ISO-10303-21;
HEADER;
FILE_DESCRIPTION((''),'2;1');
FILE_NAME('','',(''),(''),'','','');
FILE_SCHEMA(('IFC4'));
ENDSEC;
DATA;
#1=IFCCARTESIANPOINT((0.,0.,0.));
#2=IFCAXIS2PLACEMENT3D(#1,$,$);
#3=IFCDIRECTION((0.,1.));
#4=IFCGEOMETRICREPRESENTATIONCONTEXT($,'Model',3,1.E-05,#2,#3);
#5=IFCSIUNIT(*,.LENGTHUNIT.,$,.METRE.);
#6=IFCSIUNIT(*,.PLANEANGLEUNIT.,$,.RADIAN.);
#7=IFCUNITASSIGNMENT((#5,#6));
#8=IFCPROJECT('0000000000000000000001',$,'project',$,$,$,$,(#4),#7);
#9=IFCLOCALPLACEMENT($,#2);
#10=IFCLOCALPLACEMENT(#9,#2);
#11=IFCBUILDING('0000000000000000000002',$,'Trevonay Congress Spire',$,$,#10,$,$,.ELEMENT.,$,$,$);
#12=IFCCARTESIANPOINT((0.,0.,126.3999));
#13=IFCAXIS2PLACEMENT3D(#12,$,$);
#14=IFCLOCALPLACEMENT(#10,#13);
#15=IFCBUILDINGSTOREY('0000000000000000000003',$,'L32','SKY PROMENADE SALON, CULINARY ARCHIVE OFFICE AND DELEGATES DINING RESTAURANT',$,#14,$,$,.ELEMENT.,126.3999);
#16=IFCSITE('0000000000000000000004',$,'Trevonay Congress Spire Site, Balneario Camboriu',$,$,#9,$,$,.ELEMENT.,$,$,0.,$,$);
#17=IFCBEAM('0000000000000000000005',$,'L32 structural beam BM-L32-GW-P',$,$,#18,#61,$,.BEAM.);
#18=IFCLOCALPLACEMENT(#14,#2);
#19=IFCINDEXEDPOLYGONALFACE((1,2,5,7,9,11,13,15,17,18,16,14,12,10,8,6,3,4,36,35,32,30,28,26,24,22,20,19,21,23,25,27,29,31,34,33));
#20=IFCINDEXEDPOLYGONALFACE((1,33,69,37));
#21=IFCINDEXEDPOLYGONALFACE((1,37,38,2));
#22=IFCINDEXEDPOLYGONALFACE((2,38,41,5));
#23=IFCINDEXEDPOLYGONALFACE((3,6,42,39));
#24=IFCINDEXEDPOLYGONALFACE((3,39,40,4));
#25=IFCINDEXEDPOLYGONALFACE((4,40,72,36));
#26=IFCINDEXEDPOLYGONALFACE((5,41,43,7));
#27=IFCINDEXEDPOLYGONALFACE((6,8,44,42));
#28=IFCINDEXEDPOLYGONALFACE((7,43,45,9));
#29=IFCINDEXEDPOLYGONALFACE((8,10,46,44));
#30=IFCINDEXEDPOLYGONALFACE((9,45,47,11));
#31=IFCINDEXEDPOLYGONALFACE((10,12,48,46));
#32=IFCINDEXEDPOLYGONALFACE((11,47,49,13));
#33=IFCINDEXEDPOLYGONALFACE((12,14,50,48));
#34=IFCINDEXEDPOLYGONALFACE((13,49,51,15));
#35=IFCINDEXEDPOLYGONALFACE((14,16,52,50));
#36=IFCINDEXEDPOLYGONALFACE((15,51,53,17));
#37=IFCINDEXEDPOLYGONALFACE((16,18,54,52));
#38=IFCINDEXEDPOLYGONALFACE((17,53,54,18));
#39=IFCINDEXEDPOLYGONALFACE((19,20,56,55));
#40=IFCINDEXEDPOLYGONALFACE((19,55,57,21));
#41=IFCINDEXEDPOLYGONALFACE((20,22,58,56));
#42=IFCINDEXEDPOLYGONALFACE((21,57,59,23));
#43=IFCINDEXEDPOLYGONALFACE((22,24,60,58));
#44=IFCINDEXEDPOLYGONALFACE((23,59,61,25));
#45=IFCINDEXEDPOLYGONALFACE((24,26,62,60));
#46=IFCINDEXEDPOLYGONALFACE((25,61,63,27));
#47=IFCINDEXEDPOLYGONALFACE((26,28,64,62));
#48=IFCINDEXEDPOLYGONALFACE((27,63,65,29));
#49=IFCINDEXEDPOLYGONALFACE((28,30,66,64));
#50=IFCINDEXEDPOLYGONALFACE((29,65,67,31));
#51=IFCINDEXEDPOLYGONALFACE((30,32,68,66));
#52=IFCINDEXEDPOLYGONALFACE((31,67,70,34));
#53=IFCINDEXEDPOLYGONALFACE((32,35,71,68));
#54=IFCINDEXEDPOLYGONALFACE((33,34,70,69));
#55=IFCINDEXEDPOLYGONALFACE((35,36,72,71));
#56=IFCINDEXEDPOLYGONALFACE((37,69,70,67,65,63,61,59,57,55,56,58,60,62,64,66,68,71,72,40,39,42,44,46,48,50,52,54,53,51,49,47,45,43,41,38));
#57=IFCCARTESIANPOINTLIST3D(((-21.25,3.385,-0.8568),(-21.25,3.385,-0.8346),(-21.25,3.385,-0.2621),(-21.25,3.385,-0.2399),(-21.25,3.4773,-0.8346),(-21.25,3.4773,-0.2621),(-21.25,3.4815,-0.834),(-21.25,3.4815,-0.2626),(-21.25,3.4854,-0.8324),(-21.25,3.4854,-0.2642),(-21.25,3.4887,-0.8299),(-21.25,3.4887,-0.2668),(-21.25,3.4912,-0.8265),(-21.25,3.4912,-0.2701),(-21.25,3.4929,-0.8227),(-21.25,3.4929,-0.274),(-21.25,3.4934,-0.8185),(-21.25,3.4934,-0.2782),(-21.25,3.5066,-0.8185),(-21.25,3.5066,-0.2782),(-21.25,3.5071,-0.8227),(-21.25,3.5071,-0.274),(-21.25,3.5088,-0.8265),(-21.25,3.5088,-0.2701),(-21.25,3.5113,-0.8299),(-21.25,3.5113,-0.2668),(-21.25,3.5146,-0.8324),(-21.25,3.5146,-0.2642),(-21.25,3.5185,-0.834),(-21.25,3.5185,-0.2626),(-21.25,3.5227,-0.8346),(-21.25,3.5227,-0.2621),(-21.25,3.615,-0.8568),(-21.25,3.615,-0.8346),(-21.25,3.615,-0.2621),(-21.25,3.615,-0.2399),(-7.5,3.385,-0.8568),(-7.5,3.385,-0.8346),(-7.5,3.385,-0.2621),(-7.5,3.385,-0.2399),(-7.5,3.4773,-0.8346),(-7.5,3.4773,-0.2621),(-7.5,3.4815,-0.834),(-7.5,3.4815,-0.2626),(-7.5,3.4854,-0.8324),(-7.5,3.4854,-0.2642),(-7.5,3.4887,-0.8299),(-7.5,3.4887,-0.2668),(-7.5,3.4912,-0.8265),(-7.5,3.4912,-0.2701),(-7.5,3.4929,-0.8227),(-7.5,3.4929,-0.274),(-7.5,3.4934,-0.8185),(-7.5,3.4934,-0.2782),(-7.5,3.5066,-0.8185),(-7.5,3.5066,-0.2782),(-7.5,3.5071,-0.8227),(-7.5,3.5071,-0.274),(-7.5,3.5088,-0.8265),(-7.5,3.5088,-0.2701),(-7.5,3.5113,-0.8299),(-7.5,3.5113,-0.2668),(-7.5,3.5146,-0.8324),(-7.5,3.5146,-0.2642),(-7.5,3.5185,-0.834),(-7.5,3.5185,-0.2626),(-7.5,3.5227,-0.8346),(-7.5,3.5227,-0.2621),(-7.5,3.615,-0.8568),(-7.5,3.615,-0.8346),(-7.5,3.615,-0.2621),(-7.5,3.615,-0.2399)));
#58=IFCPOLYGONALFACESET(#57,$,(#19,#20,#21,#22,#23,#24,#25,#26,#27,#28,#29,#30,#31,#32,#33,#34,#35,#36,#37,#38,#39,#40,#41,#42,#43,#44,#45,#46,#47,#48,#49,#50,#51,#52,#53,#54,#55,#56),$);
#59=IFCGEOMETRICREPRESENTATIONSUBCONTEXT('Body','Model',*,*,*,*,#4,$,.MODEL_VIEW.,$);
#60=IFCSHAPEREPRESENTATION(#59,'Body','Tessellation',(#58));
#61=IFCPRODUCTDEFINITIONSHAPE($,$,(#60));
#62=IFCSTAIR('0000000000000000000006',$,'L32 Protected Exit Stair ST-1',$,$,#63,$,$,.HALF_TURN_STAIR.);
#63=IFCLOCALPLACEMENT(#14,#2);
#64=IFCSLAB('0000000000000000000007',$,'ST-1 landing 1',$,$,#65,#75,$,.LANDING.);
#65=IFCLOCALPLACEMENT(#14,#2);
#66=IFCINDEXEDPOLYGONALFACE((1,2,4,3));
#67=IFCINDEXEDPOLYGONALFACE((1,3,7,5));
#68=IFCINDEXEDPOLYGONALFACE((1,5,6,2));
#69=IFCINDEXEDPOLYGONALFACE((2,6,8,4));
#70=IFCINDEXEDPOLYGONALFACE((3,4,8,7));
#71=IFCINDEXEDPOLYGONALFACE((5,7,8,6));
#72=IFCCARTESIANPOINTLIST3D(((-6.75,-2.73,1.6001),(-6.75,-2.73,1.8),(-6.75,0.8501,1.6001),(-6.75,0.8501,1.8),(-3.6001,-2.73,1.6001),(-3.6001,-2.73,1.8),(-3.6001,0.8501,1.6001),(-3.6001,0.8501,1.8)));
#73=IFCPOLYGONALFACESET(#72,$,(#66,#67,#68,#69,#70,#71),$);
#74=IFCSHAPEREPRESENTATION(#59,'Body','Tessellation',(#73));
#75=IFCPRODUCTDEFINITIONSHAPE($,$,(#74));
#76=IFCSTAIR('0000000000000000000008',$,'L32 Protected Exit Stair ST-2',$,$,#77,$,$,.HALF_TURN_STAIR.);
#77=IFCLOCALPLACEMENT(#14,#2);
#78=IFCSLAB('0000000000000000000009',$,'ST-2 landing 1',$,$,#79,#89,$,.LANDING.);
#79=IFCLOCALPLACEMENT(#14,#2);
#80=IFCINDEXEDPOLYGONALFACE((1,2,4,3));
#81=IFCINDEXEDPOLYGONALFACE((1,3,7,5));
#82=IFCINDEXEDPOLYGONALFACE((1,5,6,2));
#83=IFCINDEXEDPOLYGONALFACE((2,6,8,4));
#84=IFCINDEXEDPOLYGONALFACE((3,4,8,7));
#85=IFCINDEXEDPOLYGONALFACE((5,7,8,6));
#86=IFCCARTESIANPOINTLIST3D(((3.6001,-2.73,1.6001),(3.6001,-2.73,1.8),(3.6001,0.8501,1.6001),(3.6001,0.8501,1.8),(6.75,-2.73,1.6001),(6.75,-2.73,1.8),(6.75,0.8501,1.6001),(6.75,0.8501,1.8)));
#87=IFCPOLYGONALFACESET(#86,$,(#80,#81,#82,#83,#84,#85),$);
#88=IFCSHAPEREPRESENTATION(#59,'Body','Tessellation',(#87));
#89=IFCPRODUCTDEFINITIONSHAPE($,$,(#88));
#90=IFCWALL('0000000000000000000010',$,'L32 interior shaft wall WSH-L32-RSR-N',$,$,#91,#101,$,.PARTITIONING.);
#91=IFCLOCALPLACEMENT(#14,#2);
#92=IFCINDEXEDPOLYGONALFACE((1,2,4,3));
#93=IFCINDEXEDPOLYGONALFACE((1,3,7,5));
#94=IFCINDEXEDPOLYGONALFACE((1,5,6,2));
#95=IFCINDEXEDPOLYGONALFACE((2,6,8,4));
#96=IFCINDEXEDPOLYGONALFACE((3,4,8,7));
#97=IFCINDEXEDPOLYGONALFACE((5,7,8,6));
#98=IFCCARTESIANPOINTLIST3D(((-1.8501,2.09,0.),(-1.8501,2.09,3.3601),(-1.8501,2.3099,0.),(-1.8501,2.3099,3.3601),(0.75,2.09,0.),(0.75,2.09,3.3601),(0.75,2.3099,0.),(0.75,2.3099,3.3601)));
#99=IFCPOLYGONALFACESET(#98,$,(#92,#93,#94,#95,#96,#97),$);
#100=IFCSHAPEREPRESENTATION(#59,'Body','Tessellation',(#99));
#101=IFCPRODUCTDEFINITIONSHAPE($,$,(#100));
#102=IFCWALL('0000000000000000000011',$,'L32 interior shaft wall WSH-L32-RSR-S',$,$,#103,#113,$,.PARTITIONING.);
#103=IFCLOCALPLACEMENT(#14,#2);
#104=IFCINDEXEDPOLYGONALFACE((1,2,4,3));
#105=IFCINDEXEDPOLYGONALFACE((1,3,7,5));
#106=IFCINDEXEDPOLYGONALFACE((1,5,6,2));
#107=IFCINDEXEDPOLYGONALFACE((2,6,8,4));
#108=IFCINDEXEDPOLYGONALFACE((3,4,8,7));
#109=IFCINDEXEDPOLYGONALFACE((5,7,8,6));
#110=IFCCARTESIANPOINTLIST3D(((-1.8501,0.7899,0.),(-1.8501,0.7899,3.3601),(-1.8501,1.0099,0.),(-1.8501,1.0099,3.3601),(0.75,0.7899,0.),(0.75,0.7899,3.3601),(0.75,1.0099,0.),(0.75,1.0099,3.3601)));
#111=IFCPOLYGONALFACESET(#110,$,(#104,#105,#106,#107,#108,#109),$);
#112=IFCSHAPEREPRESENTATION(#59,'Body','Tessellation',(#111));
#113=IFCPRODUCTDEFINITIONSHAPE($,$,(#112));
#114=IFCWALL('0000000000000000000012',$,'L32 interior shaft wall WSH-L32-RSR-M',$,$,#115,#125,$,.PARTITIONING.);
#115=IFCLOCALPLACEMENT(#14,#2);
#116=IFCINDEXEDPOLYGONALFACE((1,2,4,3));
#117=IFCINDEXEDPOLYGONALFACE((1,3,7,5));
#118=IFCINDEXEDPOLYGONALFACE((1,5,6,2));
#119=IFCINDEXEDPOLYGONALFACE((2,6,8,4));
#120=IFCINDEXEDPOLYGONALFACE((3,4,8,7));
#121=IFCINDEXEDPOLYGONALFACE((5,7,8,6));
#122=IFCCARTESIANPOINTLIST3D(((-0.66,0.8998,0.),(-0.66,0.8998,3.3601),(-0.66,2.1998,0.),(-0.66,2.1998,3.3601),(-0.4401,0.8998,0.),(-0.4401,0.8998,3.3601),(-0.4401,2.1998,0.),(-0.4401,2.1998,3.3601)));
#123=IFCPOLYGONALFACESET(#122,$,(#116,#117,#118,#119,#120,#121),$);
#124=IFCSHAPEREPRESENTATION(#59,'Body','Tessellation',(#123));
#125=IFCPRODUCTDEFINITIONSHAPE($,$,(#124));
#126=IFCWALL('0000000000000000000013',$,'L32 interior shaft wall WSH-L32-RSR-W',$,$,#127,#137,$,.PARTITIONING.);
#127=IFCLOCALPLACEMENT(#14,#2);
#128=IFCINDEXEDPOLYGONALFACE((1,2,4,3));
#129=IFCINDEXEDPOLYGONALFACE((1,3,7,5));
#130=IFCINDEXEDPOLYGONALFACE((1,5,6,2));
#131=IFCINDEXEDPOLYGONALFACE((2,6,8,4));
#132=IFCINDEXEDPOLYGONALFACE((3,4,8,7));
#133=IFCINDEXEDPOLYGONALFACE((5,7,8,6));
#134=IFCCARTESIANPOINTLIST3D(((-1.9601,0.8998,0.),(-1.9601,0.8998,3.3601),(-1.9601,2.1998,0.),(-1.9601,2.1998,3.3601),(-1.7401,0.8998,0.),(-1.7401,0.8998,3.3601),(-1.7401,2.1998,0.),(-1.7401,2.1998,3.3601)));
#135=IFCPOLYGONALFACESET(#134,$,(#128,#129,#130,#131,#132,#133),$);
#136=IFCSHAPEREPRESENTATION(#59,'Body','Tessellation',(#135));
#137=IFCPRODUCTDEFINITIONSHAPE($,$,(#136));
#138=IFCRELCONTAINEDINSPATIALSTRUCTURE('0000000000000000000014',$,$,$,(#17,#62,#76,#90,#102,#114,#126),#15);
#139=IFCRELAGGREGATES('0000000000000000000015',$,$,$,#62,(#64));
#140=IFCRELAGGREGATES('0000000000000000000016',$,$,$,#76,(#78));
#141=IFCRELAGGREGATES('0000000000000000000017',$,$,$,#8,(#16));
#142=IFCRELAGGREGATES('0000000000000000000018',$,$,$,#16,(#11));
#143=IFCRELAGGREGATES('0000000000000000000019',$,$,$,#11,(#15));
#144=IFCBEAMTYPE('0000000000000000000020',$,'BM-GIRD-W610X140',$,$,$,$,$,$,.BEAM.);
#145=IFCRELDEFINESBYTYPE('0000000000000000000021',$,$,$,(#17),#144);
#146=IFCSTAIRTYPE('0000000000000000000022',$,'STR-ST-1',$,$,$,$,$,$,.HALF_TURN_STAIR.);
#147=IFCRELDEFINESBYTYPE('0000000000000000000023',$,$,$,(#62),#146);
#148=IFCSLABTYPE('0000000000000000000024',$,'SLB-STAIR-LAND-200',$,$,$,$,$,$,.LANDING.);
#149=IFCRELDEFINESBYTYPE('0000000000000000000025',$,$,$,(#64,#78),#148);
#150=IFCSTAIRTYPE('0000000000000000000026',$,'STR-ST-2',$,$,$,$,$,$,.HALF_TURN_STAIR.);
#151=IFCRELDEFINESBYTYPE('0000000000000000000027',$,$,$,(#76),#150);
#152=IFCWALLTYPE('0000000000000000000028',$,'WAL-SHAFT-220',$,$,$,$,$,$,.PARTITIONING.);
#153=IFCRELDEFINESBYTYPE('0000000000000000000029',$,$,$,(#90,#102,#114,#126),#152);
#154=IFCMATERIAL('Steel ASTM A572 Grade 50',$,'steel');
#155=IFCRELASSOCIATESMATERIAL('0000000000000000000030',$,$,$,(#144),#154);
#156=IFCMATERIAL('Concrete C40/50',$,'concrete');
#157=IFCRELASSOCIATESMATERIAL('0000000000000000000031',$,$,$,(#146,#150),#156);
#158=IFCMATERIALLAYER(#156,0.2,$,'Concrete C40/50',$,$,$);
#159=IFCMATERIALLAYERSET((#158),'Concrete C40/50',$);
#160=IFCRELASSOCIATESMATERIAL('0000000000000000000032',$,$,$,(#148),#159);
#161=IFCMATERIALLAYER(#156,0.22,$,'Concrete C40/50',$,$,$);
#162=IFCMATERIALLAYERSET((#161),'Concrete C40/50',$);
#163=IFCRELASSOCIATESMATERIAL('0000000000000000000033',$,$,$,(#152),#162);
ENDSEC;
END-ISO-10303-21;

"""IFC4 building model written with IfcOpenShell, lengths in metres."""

from ifc_helpers import new_model, si_unit, direction, frame, frame_2d, origin, origin_2d, place, context, subcontext, project, spatial, polyline, rectangle, i_section, outline, extrude, material, layer, layer_set, material_profile, profile_set, type_object, element, aggregate, save


model = new_model("IFC4")

# Units and contexts
model_context = context("Model", 3, precision=1e-05, world=origin(), true_north=direction((0.0, 1.0)))
body_context = subcontext(model_context, "Body", "Model", "MODEL_VIEW")
ifc_project = project(units=[si_unit("LENGTHUNIT", "METRE"), si_unit("PLANEANGLEUNIT", "RADIAN")], contexts=[model_context])

# Site, building, storey
site_placement = place(None, origin())
site = spatial("IfcSite", under=ifc_project, at=site_placement, Name="Trevonay Congress Spire Site, Balneario Camboriu", CompositionType="ELEMENT", RefElevation=0.0)
building_placement = place(site_placement, origin())
building = spatial("IfcBuilding", under=site, at=building_placement, Name="Trevonay Congress Spire", CompositionType="ELEMENT")
storey_placement = place(building_placement, frame((0.0, 0.0, 126.3999)))
storey = spatial("IfcBuildingStorey", under=building, at=storey_placement, Name="L32", Description="SKY PROMENADE SALON, CULINARY ARCHIVE OFFICE AND DELEGATES DINING RESTAURANT", CompositionType="ELEMENT", Elevation=126.3999)

# Beam
ifc_material_1 = material(Name="Steel ASTM A572 Grade 50", Category="steel")
ifc_material_profile = material_profile(ifc_material_1, i_section(OverallWidth=0.23, OverallDepth=0.6169, WebThickness=0.0132, FlangeThickness=0.0222, FilletRadius=0.0161, at=origin_2d()), Name="W610x140")
ifc_profile_set = profile_set([ifc_material_profile], Name="Steel ASTM A572 Grade 50")
beam_type = type_object("IfcBeamType", Name="BM-GIRD-W610X140", PredefinedType="BEAM", material=ifc_profile_set)
beam_placement = place(storey_placement, frame((-7.5, 3.5, -0.5483), z_axis=(-1.0, 0.0, 0.0), x_axis=(0.0, -1.0, 0.0)))
element("IfcBeam", 1, at=beam_placement, inside=storey, type_object=beam_type, Name="L32 structural beam BM-L32-GW-P", PredefinedType="BEAM", context=body_context, shape_type="SweptSolid", body=[
    extrude(i_section(OverallWidth=0.23, OverallDepth=0.6169, WebThickness=0.0132, FlangeThickness=0.0222, FilletRadius=0.0161, at=origin_2d()), origin(), (0.0, 0.0, 1.0), 13.75),
])

# Stairs, slabs
ifc_material_2 = material(Name="Concrete C40/50", Category="concrete")
stair_type_1 = type_object("IfcStairType", Name="STR-ST-1", PredefinedType="HALF_TURN_STAIR", material=ifc_material_2)
stair_1_placement = place(storey_placement, origin())
stair_1 = element("IfcStair", 2, at=stair_1_placement, inside=storey, type_object=stair_type_1, Name="L32 Protected Exit Stair ST-1", PredefinedType="HALF_TURN_STAIR")
ifc_layer_1 = layer(ifc_material_2, 0.2, Name="Concrete C40/50")
ifc_layer_set_1 = layer_set([ifc_layer_1], Name="Concrete C40/50")
slab_type = type_object("IfcSlabType", Name="SLB-STAIR-LAND-200", PredefinedType="LANDING", material=ifc_layer_set_1)
slab_1_placement = place(storey_placement, frame((0.0, 0.0, 1.6001)))
slab_1 = element("IfcSlab", 3, at=slab_1_placement, type_object=slab_type, Name="ST-1 landing 1", PredefinedType="LANDING", context=body_context, shape_type="SweptSolid", body=[
    extrude(outline(polyline([(-3.6001, -2.73), (-3.6001, 0.8501), (-6.75, 0.8501), (-6.75, -2.73), (-3.6001, -2.73)])), origin(), (0.0, 0.0, 1.0), 0.2),
])
aggregate(stair_1, [slab_1])
stair_type_2 = type_object("IfcStairType", Name="STR-ST-2", PredefinedType="HALF_TURN_STAIR", material=ifc_material_2)
stair_2_placement = place(storey_placement, origin())
stair_2 = element("IfcStair", 4, at=stair_2_placement, inside=storey, type_object=stair_type_2, Name="L32 Protected Exit Stair ST-2", PredefinedType="HALF_TURN_STAIR")
slab_2_placement = place(storey_placement, frame((0.0, 0.0, 1.6001)))
slab_2 = element("IfcSlab", 5, at=slab_2_placement, type_object=slab_type, Name="ST-2 landing 1", PredefinedType="LANDING", context=body_context, shape_type="SweptSolid", body=[
    extrude(outline(polyline([(6.75, -2.73), (6.75, 0.8501), (3.6001, 0.8501), (3.6001, -2.73), (6.75, -2.73)])), origin(), (0.0, 0.0, 1.0), 0.2),
])
aggregate(stair_2, [slab_2])

# Walls
ifc_layer_2 = layer(ifc_material_2, 0.22, Name="Concrete C40/50")
ifc_layer_set_2 = layer_set([ifc_layer_2], Name="Concrete C40/50")
wall_type_1 = type_object("IfcWallType", Name="WAL-SHAFT-220", PredefinedType="PARTITIONING", material=ifc_layer_set_2)
for number, where, z_axis, x_axis, name in (
    (6, (-1.8501, 2.2, 0.0), (0.0, 0.0, 1.0), (1.0, 0.0, 0.0), "L32 interior shaft wall WSH-L32-RSR-N"),
    (7, (-1.8501, 0.8999, 0.0), (0.0, 0.0, 1.0), (1.0, 0.0, 0.0), "L32 interior shaft wall WSH-L32-RSR-S"),
):
    element("IfcWall", number, at=place(storey_placement, frame(where, z_axis=z_axis, x_axis=x_axis)), inside=storey, type_object=wall_type_1, Name=name, PredefinedType="PARTITIONING", context=body_context, shape_type="SweptSolid", body=[
        extrude(rectangle(XDim=2.6001, YDim=0.22, at=frame_2d((1.3, 0.0))), origin(), (0.0, 0.0, 1.0), 3.3601),
    ])
for number, where, z_axis, x_axis, name in (
    (8, (-0.55, 0.8999, 0.0), (0.0, 0.0, 1.0), (0.0, 1.0, 0.0), "L32 interior shaft wall WSH-L32-RSR-M"),
    (9, (-1.8501, 0.8999, 0.0), (0.0, 0.0, 1.0), (0.0, 1.0, 0.0), "L32 interior shaft wall WSH-L32-RSR-W"),
):
    element("IfcWall", number, at=place(storey_placement, frame(where, z_axis=z_axis, x_axis=x_axis)), inside=storey, type_object=wall_type_1, Name=name, PredefinedType="PARTITIONING", context=body_context, shape_type="SweptSolid", body=[
        extrude(rectangle(XDim=1.3, YDim=0.22, at=frame_2d((0.6499, 0.0))), origin(), (0.0, 0.0, 1.0), 3.3601),
    ])

save(model, "model.ifc")
